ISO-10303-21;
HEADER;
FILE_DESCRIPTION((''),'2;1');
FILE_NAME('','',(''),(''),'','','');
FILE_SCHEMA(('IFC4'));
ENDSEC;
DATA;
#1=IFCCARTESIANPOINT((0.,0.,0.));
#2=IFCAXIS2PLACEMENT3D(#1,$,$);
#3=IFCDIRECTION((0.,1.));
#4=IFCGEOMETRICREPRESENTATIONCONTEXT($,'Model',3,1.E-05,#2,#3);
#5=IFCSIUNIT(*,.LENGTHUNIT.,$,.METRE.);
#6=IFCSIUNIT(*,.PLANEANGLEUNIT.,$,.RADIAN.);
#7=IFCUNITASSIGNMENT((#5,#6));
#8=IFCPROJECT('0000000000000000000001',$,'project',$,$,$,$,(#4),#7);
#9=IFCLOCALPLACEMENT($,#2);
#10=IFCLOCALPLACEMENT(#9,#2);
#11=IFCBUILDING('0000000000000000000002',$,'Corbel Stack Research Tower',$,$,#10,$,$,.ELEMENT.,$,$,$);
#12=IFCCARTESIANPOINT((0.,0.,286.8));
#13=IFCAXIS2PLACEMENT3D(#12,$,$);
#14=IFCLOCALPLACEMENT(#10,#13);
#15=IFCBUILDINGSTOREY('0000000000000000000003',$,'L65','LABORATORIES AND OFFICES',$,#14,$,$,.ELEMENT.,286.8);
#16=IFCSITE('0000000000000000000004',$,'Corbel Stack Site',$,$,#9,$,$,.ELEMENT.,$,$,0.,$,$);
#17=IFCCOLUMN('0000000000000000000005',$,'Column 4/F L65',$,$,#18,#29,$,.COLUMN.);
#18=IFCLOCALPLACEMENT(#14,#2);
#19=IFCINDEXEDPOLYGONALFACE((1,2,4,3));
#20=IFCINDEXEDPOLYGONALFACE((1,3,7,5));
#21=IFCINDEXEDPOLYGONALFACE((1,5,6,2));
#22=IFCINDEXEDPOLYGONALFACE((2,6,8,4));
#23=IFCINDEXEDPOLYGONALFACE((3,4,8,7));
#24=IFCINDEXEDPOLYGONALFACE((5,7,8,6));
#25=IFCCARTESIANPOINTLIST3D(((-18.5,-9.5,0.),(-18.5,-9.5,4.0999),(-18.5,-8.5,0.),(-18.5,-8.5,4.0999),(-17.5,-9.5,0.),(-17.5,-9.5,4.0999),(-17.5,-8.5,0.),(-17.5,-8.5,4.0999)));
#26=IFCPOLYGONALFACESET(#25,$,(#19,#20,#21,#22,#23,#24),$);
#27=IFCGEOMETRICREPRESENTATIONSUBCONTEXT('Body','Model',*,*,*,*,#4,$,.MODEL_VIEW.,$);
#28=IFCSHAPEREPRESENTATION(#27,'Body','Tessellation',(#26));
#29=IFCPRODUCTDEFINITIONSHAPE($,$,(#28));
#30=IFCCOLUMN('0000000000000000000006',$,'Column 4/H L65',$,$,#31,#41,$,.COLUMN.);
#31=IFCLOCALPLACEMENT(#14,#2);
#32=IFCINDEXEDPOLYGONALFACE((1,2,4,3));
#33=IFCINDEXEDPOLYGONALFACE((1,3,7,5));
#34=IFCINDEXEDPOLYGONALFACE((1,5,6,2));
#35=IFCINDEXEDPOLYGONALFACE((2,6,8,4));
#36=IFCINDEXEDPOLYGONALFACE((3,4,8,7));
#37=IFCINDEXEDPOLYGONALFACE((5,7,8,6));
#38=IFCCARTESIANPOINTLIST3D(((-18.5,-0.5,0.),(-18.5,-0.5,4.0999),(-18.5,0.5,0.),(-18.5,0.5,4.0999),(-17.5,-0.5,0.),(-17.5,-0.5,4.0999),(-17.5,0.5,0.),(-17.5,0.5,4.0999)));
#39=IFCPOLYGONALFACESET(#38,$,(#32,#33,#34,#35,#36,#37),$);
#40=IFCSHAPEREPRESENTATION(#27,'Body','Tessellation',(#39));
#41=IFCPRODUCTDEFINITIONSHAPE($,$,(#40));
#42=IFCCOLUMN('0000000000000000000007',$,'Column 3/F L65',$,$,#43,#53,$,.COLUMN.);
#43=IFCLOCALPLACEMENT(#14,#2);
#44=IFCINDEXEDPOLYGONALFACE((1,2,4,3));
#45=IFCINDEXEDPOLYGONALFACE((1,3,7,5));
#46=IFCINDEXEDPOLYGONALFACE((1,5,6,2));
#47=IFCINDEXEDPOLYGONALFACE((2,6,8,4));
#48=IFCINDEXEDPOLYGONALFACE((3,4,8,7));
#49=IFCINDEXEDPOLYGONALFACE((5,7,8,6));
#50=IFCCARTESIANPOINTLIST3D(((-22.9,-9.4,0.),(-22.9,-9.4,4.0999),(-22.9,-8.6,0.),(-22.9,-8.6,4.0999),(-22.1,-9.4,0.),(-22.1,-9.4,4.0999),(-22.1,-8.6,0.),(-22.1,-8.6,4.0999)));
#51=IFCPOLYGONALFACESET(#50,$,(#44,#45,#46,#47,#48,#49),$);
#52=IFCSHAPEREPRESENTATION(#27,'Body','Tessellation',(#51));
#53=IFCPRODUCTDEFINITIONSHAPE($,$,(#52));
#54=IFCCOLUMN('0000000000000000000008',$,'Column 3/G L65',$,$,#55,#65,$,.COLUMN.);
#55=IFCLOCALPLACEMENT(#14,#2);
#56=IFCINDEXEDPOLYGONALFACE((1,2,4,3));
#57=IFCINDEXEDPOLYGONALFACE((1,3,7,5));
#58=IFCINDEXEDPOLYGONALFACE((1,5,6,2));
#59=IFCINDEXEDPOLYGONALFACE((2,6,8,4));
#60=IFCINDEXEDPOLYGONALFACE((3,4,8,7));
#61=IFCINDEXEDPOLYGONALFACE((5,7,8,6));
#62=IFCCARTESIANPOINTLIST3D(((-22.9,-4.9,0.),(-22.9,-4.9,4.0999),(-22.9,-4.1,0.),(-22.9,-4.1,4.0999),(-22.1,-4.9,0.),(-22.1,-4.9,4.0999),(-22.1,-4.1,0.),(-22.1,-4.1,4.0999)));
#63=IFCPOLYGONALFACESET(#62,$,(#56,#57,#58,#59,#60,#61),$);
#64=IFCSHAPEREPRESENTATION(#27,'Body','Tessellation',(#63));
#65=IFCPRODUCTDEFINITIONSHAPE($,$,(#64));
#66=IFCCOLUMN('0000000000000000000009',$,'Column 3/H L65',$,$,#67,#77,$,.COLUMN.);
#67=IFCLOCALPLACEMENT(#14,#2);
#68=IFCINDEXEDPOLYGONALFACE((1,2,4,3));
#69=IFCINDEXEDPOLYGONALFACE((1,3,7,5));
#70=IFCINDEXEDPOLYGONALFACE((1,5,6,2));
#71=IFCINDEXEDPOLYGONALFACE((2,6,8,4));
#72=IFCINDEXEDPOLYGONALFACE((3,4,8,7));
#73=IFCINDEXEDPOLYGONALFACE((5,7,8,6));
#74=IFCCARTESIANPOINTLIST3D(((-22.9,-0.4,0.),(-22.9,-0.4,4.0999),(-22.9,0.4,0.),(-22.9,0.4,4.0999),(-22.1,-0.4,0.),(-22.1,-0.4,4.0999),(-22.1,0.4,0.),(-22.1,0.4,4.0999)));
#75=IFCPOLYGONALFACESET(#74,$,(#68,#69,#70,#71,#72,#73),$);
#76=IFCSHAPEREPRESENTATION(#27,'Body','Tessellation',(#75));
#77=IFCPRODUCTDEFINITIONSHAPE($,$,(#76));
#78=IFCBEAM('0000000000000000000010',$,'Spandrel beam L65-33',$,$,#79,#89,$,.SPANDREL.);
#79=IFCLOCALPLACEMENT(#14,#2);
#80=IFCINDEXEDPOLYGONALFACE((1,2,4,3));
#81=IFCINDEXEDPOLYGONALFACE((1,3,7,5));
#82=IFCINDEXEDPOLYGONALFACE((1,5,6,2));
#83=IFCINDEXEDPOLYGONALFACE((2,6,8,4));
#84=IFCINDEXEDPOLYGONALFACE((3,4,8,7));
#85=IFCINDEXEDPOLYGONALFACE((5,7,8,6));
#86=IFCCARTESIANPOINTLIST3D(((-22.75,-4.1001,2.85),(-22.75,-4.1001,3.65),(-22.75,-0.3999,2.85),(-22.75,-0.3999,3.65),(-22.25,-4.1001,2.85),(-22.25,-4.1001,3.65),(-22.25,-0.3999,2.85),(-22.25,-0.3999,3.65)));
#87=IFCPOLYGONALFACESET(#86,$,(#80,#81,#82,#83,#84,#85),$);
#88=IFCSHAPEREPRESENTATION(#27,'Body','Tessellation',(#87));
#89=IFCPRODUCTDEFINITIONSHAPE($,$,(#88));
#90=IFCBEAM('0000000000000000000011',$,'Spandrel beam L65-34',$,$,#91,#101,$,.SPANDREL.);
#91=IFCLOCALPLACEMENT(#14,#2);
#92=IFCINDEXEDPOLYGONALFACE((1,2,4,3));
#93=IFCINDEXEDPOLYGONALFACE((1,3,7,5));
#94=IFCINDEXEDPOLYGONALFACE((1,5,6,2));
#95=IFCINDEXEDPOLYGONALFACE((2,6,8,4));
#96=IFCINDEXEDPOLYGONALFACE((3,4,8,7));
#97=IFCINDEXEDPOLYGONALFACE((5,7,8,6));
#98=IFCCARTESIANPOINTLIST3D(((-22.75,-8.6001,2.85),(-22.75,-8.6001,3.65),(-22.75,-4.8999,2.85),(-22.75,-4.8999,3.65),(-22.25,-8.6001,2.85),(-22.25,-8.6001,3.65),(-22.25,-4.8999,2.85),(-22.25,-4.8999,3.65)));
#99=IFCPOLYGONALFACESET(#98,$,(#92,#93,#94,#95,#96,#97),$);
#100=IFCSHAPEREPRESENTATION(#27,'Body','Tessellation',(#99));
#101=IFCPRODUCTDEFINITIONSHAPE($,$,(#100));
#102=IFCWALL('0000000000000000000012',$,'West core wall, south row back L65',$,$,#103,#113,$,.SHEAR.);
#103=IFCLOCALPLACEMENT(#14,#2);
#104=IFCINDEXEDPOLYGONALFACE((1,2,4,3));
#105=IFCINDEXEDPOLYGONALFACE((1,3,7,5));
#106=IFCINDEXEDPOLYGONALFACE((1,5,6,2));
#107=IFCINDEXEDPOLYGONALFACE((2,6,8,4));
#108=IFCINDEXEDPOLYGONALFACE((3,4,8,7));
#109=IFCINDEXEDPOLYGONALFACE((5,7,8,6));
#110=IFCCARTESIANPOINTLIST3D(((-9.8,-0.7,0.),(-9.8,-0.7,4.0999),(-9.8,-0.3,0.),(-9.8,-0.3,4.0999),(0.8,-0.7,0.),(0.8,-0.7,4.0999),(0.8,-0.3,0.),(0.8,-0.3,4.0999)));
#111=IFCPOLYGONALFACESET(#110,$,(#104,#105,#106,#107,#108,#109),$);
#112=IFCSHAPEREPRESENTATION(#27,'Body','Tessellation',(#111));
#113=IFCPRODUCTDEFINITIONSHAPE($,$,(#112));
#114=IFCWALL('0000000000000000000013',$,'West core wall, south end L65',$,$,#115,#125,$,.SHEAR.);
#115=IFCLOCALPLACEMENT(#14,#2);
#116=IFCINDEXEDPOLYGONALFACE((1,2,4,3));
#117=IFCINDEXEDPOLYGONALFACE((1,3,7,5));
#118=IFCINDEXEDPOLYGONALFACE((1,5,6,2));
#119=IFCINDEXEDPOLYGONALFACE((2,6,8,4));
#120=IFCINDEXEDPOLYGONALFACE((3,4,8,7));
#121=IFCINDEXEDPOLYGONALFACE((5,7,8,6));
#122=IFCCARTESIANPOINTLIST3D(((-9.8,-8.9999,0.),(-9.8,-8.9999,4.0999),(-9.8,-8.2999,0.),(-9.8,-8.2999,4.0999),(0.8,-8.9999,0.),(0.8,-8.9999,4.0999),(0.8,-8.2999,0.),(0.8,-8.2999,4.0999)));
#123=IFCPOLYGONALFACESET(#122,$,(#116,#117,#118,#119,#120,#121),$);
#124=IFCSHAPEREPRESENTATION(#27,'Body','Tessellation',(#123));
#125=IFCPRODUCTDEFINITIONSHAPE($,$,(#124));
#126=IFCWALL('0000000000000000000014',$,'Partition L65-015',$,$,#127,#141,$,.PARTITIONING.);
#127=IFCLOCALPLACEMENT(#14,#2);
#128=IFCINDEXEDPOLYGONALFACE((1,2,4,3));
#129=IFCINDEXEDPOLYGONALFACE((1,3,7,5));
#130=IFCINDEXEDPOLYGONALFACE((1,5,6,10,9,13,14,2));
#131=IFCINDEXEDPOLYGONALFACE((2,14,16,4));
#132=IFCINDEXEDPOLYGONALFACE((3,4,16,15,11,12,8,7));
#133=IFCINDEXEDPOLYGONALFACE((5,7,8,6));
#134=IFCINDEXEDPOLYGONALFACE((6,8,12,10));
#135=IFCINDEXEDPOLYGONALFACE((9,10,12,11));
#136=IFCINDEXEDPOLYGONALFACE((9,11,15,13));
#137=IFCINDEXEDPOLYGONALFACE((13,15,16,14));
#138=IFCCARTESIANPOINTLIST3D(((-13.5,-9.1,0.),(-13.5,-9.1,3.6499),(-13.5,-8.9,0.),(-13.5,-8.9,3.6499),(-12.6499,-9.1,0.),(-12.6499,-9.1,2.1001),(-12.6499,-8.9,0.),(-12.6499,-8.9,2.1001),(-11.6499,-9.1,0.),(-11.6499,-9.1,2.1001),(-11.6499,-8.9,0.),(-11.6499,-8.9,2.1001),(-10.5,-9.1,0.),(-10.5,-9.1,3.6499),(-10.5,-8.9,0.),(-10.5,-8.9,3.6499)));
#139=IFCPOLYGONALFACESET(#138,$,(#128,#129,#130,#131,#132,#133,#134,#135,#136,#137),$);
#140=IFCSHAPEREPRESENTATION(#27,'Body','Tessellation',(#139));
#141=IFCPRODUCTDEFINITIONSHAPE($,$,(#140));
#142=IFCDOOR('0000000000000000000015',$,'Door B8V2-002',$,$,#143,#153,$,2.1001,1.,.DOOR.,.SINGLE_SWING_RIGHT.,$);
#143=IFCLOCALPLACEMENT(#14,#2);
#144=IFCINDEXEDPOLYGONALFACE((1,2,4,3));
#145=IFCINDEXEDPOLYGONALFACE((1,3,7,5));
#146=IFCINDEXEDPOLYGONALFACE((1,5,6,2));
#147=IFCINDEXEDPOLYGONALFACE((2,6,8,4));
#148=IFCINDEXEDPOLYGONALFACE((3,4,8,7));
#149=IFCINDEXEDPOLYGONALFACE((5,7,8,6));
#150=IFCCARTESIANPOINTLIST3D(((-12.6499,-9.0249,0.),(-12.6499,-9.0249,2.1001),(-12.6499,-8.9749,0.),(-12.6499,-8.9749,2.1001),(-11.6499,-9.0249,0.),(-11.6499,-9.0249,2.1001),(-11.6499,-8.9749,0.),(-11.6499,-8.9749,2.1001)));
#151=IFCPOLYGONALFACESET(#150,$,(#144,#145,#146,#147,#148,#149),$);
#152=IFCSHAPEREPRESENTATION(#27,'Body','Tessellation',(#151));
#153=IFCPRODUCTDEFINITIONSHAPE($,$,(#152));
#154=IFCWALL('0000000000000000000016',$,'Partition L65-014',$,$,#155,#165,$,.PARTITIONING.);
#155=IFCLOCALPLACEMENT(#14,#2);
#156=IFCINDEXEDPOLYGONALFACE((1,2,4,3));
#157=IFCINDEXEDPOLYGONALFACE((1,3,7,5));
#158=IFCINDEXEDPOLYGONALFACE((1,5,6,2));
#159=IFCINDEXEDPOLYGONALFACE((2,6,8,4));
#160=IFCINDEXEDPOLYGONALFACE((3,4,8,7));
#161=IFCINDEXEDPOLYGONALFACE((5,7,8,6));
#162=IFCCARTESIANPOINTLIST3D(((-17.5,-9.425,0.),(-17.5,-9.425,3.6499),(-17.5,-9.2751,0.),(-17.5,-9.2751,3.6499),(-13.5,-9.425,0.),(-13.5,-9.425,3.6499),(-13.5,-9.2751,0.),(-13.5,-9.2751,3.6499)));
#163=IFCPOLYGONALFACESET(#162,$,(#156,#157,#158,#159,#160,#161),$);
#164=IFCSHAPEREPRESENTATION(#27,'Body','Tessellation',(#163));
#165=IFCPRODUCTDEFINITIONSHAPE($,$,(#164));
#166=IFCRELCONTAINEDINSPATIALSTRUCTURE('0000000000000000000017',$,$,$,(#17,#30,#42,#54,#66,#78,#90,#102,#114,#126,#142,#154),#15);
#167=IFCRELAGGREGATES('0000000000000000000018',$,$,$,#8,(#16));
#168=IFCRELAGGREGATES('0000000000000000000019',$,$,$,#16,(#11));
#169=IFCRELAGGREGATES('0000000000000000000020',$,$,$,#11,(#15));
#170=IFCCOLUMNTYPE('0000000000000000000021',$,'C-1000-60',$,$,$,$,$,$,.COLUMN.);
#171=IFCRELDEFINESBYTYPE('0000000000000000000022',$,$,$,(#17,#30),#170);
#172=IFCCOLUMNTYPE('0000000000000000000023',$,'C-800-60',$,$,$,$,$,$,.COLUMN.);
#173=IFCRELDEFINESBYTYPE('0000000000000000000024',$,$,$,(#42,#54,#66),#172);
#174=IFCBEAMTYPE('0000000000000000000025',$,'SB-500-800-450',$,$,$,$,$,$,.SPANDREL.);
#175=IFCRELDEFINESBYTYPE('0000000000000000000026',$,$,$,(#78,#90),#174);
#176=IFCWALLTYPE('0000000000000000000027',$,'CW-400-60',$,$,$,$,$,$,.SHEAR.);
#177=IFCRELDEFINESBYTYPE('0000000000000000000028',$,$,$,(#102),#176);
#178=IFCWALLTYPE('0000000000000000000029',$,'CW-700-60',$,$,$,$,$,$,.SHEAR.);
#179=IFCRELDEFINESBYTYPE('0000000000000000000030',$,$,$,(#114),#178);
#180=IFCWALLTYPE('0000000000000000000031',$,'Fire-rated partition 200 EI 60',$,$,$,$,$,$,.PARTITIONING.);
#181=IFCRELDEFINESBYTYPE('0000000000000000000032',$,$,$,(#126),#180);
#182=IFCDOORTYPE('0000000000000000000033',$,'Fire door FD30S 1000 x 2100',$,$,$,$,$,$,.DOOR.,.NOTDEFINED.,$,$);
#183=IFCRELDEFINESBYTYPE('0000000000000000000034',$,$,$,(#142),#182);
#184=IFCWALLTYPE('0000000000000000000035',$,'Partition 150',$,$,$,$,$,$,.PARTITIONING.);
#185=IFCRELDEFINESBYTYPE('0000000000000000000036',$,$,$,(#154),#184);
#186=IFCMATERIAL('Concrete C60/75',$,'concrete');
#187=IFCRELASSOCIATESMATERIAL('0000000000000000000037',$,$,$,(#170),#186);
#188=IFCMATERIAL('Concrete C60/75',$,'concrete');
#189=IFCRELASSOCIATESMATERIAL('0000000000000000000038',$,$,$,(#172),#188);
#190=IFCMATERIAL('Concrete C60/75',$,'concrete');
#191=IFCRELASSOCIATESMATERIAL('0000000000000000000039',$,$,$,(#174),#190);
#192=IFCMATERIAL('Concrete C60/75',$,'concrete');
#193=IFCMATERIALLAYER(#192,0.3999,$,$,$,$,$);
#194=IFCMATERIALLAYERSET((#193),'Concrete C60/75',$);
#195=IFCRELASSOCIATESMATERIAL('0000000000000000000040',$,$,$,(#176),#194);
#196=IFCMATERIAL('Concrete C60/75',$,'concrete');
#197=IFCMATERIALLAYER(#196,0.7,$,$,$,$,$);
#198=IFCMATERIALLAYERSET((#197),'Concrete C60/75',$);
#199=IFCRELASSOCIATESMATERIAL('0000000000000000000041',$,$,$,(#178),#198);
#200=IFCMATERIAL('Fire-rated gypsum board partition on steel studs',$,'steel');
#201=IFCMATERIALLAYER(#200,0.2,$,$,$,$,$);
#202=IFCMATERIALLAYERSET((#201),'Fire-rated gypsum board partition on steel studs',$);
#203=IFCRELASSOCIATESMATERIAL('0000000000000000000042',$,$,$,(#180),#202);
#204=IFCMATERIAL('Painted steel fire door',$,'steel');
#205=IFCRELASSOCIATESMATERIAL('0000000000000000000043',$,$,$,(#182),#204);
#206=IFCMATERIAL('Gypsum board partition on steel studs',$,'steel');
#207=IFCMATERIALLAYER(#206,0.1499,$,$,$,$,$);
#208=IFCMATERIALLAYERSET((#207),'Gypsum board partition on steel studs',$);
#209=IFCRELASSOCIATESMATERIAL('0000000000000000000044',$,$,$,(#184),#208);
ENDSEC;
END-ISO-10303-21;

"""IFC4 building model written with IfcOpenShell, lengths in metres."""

from ifc_helpers import new_model, si_unit, direction, frame, frame_2d, origin, origin_2d, place, context, subcontext, project, spatial, rectangle, extrude, material, layer, layer_set, material_profile, profile_set, type_object, element, fill, save


model = new_model("IFC4")

# Units and contexts
model_context = context("Model", 3, precision=1e-05, world=origin(), true_north=direction((0.0, 1.0)))
body_context = subcontext(model_context, "Body", "Model", "MODEL_VIEW")
ifc_project = project(units=[si_unit("LENGTHUNIT", "METRE"), si_unit("PLANEANGLEUNIT", "RADIAN")], contexts=[model_context])

# Site, building, storey
site_placement = place(None, origin())
site = spatial("IfcSite", under=ifc_project, at=site_placement, Name="Corbel Stack Site", CompositionType="ELEMENT", RefElevation=0.0)
building_placement = place(site_placement, origin())
building = spatial("IfcBuilding", under=site, at=building_placement, Name="Corbel Stack Research Tower", CompositionType="ELEMENT")
storey_placement = place(building_placement, frame((0.0, 0.0, 286.8)))
storey = spatial("IfcBuildingStorey", under=building, at=storey_placement, Name="L65", Description="LABORATORIES AND OFFICES", CompositionType="ELEMENT", Elevation=286.8)

# Columns
ifc_material_1 = material(Name="Concrete C60/75", Category="concrete")
ifc_material_profile_1 = material_profile(ifc_material_1, rectangle(XDim=1.0, YDim=1.0, at=origin_2d()), Name="RC 1000 x 1000")
ifc_profile_set_1 = profile_set([ifc_material_profile_1], Name="Concrete C60/75")
column_type_1 = type_object("IfcColumnType", Name="C-1000-60", PredefinedType="COLUMN", material=ifc_profile_set_1)
for number, where, z_axis, x_axis, name in (
    (1, (-18.0, -9.0, 0.0), (0.0, 0.0, 1.0), (1.0, 0.0, 0.0), "Column 4/F L65"),
    (2, (-18.0, 0.0, 0.0), (0.0, 0.0, 1.0), (1.0, 0.0, 0.0), "Column 4/H L65"),
):
    element("IfcColumn", number, at=place(storey_placement, frame(where, z_axis=z_axis, x_axis=x_axis)), inside=storey, type_object=column_type_1, Name=name, PredefinedType="COLUMN", context=body_context, shape_type="SweptSolid", body=[
        extrude(rectangle(XDim=1.0, YDim=1.0, at=origin_2d()), origin(), (0.0, 0.0, 1.0), 4.0999),
    ])
ifc_material_2 = material(Name="Concrete C60/75", Category="concrete")
ifc_material_profile_2 = material_profile(ifc_material_2, rectangle(XDim=0.8, YDim=0.8, at=origin_2d()), Name="RC 800 x 800")
ifc_profile_set_2 = profile_set([ifc_material_profile_2], Name="Concrete C60/75")
column_type_2 = type_object("IfcColumnType", Name="C-800-60", PredefinedType="COLUMN", material=ifc_profile_set_2)
for number, where, z_axis, x_axis, name in (
    (3, (-22.5, -9.0, 0.0), (0.0, 0.0, 1.0), (1.0, 0.0, 0.0), "Column 3/F L65"),
    (4, (-22.5, -4.5, 0.0), (0.0, 0.0, 1.0), (1.0, 0.0, 0.0), "Column 3/G L65"),
    (5, (-22.5, 0.0, 0.0), (0.0, 0.0, 1.0), (1.0, 0.0, 0.0), "Column 3/H L65"),
):
    element("IfcColumn", number, at=place(storey_placement, frame(where, z_axis=z_axis, x_axis=x_axis)), inside=storey, type_object=column_type_2, Name=name, PredefinedType="COLUMN", context=body_context, shape_type="SweptSolid", body=[
        extrude(rectangle(XDim=0.8, YDim=0.8, at=origin_2d()), origin(), (0.0, 0.0, 1.0), 4.0999),
    ])

# Beams
ifc_material_3 = material(Name="Concrete C60/75", Category="concrete")
ifc_material_profile_3 = material_profile(ifc_material_3, rectangle(XDim=0.5, YDim=0.8, at=origin_2d()), Name="RC 500 x 800")
ifc_profile_set_3 = profile_set([ifc_material_profile_3], Name="Concrete C60/75")
beam_type = type_object("IfcBeamType", Name="SB-500-800-450", PredefinedType="SPANDREL", material=ifc_profile_set_3)
for number, where, z_axis, x_axis, name in (
    (6, (-22.5, -0.3999, 3.25), (0.0, -1.0, 0.0), (1.0, 0.0, 0.0), "Spandrel beam L65-33"),
    (7, (-22.5, -4.8999, 3.25), (0.0, -1.0, 0.0), (1.0, 0.0, 0.0), "Spandrel beam L65-34"),
):
    element("IfcBeam", number, at=place(storey_placement, frame(where, z_axis=z_axis, x_axis=x_axis)), inside=storey, type_object=beam_type, Name=name, PredefinedType="SPANDREL", context=body_context, shape_type="SweptSolid", body=[
        extrude(rectangle(XDim=0.5, YDim=0.8, at=origin_2d()), origin(), (0.0, 0.0, 1.0), 3.7002),
    ])

# Wall
ifc_material_4 = material(Name="Concrete C60/75", Category="concrete")
ifc_layer_1 = layer(ifc_material_4, 0.3999)
ifc_layer_set_1 = layer_set([ifc_layer_1], Name="Concrete C60/75")
wall_type_1 = type_object("IfcWallType", Name="CW-400-60", PredefinedType="SHEAR", material=ifc_layer_set_1)
wall_1_placement = place(storey_placement, frame((-9.8, -0.5, 0.0), z_axis=(0.0, 0.0, 1.0), x_axis=(1.0, 0.0, 0.0)))
element("IfcWall", 8, at=wall_1_placement, inside=storey, type_object=wall_type_1, Name="West core wall, south row back L65", PredefinedType="SHEAR", context=body_context, shape_type="SweptSolid", body=[
    extrude(rectangle(XDim=10.6001, YDim=0.3999, at=frame_2d((5.3, 0.0))), origin(), (0.0, 0.0, 1.0), 4.0999),
])

# Shared definitions
ifc_material_5 = material(Name="Concrete C60/75", Category="concrete")
ifc_layer_2 = layer(ifc_material_5, 0.7)
ifc_layer_set_2 = layer_set([ifc_layer_2], Name="Concrete C60/75")
wall_type_2 = type_object("IfcWallType", Name="CW-700-60", PredefinedType="SHEAR", material=ifc_layer_set_2)

# Wall
wall_2_placement = place(storey_placement, frame((-9.8, -8.6499, 0.0), z_axis=(0.0, 0.0, 1.0), x_axis=(1.0, 0.0, 0.0)))
element("IfcWall", 9, at=wall_2_placement, inside=storey, type_object=wall_type_2, Name="West core wall, south end L65", PredefinedType="SHEAR", context=body_context, shape_type="SweptSolid", body=[
    extrude(rectangle(XDim=10.6001, YDim=0.7, at=frame_2d((5.3, 0.0))), origin(), (0.0, 0.0, 1.0), 4.0999),
])

# Wall, opening, door
ifc_material_6 = material(Name="Fire-rated gypsum board partition on steel studs", Category="steel")
ifc_layer_3 = layer(ifc_material_6, 0.2)
ifc_layer_set_3 = layer_set([ifc_layer_3], Name="Fire-rated gypsum board partition on steel studs")
wall_type_3 = type_object("IfcWallType", Name="Fire-rated partition 200 EI 60", PredefinedType="PARTITIONING", material=ifc_layer_set_3)
wall_3_placement = place(storey_placement, frame((-10.5, -9.0, 0.0), z_axis=(0.0, 0.0, 1.0), x_axis=(-1.0, 0.0, 0.0)))
wall_3 = element("IfcWall", 10, at=wall_3_placement, inside=storey, type_object=wall_type_3, Name="Partition L65-015", PredefinedType="PARTITIONING", context=body_context, shape_type="SweptSolid", body=[
    extrude(rectangle(XDim=3.0, YDim=0.2, at=frame_2d((1.5, 0.0))), origin(), (0.0, 0.0, 1.0), 3.6499),
])
opening_1_placement = place(wall_3_placement, frame((1.1499, 0.0, 0.0)))
opening_1 = element("IfcOpeningElement", 11, at=opening_1_placement, cuts=wall_3, PredefinedType="OPENING", context=body_context, shape_type="SweptSolid", body=[
    extrude(rectangle(XDim=1.0, YDim=2.1001, at=frame_2d((0.5, 1.05))), frame((0.0, 0.1099, 0.0), z_axis=(0.0, -1.0, 0.0), x_axis=(1.0, 0.0, 0.0)), (0.0, 0.0, 1.0), 0.22),
])
ifc_material_7 = material(Name="Painted steel fire door", Category="steel")
door_type_1 = type_object("IfcDoorType", Name="Fire door FD30S 1000 x 2100", OperationType="NOTDEFINED", PredefinedType="DOOR", material=ifc_material_7)
door_1_placement = place(opening_1_placement, origin())
door_1 = element("IfcDoor", 12, at=door_1_placement, inside=storey, type_object=door_type_1, Name="Door B8V2-002", OperationType="SINGLE_SWING_RIGHT", OverallHeight=2.1001, OverallWidth=1.0, PredefinedType="DOOR", context=body_context, shape_type="SweptSolid", body=[
    extrude(rectangle(XDim=1.0, YDim=2.1001, at=frame_2d((0.5, 1.05))), frame((0.0, 0.0249, 0.0), z_axis=(0.0, -1.0, 0.0), x_axis=(1.0, 0.0, 0.0)), (0.0, 0.0, 1.0), 0.05),
])
fill(opening_1, door_1)

# Wall
ifc_material_8 = material(Name="Gypsum board partition on steel studs", Category="steel")
ifc_layer_4 = layer(ifc_material_8, 0.1499)
ifc_layer_set_4 = layer_set([ifc_layer_4], Name="Gypsum board partition on steel studs")
wall_type_4 = type_object("IfcWallType", Name="Partition 150", PredefinedType="PARTITIONING", material=ifc_layer_set_4)
wall_4_placement = place(storey_placement, frame((-17.5, -9.3501, 0.0), z_axis=(0.0, 0.0, 1.0), x_axis=(1.0, 0.0, 0.0)))
element("IfcWall", 13, at=wall_4_placement, inside=storey, type_object=wall_type_4, Name="Partition L65-014", PredefinedType="PARTITIONING", context=body_context, shape_type="SweptSolid", body=[
    extrude(rectangle(XDim=4.0, YDim=0.1499, at=frame_2d((2.0, 0.0))), origin(), (0.0, 0.0, 1.0), 3.6499),
])

save(model, "model.ifc")
